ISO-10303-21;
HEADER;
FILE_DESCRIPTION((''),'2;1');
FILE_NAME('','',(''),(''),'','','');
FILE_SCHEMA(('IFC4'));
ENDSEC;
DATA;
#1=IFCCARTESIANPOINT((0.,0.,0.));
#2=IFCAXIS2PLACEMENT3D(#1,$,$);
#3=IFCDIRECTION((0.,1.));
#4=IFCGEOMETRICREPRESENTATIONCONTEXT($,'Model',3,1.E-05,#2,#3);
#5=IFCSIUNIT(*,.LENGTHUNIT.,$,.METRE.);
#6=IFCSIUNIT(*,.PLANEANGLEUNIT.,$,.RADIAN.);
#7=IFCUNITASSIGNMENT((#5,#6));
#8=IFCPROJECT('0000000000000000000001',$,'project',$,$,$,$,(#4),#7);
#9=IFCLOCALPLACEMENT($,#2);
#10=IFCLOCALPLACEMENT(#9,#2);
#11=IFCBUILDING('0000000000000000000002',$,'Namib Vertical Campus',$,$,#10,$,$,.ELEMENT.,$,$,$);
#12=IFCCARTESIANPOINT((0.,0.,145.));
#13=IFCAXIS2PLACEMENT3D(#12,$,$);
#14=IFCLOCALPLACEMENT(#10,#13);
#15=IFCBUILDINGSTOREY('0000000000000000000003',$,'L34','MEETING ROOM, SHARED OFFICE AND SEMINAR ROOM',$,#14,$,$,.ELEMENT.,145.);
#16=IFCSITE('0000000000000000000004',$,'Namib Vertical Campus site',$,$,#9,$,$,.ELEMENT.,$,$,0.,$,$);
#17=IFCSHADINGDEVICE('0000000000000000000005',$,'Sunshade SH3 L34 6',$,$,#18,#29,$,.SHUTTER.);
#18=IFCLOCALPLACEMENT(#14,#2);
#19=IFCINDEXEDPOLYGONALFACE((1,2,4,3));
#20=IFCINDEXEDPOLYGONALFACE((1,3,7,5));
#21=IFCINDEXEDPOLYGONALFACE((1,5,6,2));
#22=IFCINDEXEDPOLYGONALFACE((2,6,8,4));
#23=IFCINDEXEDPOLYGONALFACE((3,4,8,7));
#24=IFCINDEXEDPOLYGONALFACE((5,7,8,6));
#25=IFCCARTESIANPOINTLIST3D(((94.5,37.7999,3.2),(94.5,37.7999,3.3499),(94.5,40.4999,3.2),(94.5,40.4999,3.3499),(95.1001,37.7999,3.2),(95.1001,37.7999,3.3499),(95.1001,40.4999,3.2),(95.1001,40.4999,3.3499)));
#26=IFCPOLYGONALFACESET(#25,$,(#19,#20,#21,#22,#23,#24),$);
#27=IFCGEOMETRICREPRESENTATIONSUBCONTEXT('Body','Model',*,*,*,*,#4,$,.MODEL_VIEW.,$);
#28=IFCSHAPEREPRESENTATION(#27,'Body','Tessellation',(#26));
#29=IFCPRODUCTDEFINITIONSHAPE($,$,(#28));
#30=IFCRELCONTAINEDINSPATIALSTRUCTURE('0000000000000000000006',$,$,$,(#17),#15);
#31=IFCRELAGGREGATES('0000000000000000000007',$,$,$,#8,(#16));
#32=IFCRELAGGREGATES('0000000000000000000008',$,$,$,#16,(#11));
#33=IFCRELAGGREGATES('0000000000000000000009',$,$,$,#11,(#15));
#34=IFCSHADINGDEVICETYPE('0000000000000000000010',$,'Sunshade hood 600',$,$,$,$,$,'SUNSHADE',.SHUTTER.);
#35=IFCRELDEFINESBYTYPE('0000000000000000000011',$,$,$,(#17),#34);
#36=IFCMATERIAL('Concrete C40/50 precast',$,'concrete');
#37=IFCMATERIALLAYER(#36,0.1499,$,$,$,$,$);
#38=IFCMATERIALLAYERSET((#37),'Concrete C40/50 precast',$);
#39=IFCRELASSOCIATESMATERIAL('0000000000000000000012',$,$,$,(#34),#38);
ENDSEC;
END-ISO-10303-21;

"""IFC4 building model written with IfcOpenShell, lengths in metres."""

from ifc_helpers import new_model, si_unit, direction, frame, origin, origin_2d, place, context, subcontext, project, spatial, rectangle, extrude, material, layer, layer_set, type_object, element, save


model = new_model("IFC4")

# Units and contexts
model_context = context("Model", 3, precision=1e-05, world=origin(), true_north=direction((0.0, 1.0)))
body_context = subcontext(model_context, "Body", "Model", "MODEL_VIEW")
ifc_project = project(units=[si_unit("LENGTHUNIT", "METRE"), si_unit("PLANEANGLEUNIT", "RADIAN")], contexts=[model_context])

# Site, building, storey
site_placement = place(None, origin())
site = spatial("IfcSite", under=ifc_project, at=site_placement, Name="Namib Vertical Campus site", CompositionType="ELEMENT", RefElevation=0.0)
building_placement = place(site_placement, origin())
building = spatial("IfcBuilding", under=site, at=building_placement, Name="Namib Vertical Campus", CompositionType="ELEMENT")
storey_placement = place(building_placement, frame((0.0, 0.0, 145.0)))
storey = spatial("IfcBuildingStorey", under=building, at=storey_placement, Name="L34", Description="MEETING ROOM, SHARED OFFICE AND SEMINAR ROOM", CompositionType="ELEMENT", Elevation=145.0)

# Shading device
ifc_material_1 = material(Name="Concrete C40/50 precast", Category="concrete")
ifc_layer_1 = layer(ifc_material_1, 0.1499)
ifc_layer_set_1 = layer_set([ifc_layer_1], Name="Concrete C40/50 precast")
shading_device_type = type_object("IfcShadingDeviceType", Name="Sunshade hood 600", ElementType="SUNSHADE", PredefinedType="SHUTTER", material=ifc_layer_set_1)
shading_device_placement = place(storey_placement, frame((94.8, 39.1499, 3.2), z_axis=(0.0, 0.0, 1.0), x_axis=(0.0, 1.0, 0.0)))
element("IfcShadingDevice", 1, at=shading_device_placement, inside=storey, type_object=shading_device_type, Name="Sunshade SH3 L34 6", PredefinedType="SHUTTER", context=body_context, shape_type="SweptSolid", body=[
    extrude(rectangle(XDim=2.7, YDim=0.6001, at=origin_2d()), origin(), (0.0, 0.0, 1.0), 0.1499),
])

save(model, "model.ifc")
